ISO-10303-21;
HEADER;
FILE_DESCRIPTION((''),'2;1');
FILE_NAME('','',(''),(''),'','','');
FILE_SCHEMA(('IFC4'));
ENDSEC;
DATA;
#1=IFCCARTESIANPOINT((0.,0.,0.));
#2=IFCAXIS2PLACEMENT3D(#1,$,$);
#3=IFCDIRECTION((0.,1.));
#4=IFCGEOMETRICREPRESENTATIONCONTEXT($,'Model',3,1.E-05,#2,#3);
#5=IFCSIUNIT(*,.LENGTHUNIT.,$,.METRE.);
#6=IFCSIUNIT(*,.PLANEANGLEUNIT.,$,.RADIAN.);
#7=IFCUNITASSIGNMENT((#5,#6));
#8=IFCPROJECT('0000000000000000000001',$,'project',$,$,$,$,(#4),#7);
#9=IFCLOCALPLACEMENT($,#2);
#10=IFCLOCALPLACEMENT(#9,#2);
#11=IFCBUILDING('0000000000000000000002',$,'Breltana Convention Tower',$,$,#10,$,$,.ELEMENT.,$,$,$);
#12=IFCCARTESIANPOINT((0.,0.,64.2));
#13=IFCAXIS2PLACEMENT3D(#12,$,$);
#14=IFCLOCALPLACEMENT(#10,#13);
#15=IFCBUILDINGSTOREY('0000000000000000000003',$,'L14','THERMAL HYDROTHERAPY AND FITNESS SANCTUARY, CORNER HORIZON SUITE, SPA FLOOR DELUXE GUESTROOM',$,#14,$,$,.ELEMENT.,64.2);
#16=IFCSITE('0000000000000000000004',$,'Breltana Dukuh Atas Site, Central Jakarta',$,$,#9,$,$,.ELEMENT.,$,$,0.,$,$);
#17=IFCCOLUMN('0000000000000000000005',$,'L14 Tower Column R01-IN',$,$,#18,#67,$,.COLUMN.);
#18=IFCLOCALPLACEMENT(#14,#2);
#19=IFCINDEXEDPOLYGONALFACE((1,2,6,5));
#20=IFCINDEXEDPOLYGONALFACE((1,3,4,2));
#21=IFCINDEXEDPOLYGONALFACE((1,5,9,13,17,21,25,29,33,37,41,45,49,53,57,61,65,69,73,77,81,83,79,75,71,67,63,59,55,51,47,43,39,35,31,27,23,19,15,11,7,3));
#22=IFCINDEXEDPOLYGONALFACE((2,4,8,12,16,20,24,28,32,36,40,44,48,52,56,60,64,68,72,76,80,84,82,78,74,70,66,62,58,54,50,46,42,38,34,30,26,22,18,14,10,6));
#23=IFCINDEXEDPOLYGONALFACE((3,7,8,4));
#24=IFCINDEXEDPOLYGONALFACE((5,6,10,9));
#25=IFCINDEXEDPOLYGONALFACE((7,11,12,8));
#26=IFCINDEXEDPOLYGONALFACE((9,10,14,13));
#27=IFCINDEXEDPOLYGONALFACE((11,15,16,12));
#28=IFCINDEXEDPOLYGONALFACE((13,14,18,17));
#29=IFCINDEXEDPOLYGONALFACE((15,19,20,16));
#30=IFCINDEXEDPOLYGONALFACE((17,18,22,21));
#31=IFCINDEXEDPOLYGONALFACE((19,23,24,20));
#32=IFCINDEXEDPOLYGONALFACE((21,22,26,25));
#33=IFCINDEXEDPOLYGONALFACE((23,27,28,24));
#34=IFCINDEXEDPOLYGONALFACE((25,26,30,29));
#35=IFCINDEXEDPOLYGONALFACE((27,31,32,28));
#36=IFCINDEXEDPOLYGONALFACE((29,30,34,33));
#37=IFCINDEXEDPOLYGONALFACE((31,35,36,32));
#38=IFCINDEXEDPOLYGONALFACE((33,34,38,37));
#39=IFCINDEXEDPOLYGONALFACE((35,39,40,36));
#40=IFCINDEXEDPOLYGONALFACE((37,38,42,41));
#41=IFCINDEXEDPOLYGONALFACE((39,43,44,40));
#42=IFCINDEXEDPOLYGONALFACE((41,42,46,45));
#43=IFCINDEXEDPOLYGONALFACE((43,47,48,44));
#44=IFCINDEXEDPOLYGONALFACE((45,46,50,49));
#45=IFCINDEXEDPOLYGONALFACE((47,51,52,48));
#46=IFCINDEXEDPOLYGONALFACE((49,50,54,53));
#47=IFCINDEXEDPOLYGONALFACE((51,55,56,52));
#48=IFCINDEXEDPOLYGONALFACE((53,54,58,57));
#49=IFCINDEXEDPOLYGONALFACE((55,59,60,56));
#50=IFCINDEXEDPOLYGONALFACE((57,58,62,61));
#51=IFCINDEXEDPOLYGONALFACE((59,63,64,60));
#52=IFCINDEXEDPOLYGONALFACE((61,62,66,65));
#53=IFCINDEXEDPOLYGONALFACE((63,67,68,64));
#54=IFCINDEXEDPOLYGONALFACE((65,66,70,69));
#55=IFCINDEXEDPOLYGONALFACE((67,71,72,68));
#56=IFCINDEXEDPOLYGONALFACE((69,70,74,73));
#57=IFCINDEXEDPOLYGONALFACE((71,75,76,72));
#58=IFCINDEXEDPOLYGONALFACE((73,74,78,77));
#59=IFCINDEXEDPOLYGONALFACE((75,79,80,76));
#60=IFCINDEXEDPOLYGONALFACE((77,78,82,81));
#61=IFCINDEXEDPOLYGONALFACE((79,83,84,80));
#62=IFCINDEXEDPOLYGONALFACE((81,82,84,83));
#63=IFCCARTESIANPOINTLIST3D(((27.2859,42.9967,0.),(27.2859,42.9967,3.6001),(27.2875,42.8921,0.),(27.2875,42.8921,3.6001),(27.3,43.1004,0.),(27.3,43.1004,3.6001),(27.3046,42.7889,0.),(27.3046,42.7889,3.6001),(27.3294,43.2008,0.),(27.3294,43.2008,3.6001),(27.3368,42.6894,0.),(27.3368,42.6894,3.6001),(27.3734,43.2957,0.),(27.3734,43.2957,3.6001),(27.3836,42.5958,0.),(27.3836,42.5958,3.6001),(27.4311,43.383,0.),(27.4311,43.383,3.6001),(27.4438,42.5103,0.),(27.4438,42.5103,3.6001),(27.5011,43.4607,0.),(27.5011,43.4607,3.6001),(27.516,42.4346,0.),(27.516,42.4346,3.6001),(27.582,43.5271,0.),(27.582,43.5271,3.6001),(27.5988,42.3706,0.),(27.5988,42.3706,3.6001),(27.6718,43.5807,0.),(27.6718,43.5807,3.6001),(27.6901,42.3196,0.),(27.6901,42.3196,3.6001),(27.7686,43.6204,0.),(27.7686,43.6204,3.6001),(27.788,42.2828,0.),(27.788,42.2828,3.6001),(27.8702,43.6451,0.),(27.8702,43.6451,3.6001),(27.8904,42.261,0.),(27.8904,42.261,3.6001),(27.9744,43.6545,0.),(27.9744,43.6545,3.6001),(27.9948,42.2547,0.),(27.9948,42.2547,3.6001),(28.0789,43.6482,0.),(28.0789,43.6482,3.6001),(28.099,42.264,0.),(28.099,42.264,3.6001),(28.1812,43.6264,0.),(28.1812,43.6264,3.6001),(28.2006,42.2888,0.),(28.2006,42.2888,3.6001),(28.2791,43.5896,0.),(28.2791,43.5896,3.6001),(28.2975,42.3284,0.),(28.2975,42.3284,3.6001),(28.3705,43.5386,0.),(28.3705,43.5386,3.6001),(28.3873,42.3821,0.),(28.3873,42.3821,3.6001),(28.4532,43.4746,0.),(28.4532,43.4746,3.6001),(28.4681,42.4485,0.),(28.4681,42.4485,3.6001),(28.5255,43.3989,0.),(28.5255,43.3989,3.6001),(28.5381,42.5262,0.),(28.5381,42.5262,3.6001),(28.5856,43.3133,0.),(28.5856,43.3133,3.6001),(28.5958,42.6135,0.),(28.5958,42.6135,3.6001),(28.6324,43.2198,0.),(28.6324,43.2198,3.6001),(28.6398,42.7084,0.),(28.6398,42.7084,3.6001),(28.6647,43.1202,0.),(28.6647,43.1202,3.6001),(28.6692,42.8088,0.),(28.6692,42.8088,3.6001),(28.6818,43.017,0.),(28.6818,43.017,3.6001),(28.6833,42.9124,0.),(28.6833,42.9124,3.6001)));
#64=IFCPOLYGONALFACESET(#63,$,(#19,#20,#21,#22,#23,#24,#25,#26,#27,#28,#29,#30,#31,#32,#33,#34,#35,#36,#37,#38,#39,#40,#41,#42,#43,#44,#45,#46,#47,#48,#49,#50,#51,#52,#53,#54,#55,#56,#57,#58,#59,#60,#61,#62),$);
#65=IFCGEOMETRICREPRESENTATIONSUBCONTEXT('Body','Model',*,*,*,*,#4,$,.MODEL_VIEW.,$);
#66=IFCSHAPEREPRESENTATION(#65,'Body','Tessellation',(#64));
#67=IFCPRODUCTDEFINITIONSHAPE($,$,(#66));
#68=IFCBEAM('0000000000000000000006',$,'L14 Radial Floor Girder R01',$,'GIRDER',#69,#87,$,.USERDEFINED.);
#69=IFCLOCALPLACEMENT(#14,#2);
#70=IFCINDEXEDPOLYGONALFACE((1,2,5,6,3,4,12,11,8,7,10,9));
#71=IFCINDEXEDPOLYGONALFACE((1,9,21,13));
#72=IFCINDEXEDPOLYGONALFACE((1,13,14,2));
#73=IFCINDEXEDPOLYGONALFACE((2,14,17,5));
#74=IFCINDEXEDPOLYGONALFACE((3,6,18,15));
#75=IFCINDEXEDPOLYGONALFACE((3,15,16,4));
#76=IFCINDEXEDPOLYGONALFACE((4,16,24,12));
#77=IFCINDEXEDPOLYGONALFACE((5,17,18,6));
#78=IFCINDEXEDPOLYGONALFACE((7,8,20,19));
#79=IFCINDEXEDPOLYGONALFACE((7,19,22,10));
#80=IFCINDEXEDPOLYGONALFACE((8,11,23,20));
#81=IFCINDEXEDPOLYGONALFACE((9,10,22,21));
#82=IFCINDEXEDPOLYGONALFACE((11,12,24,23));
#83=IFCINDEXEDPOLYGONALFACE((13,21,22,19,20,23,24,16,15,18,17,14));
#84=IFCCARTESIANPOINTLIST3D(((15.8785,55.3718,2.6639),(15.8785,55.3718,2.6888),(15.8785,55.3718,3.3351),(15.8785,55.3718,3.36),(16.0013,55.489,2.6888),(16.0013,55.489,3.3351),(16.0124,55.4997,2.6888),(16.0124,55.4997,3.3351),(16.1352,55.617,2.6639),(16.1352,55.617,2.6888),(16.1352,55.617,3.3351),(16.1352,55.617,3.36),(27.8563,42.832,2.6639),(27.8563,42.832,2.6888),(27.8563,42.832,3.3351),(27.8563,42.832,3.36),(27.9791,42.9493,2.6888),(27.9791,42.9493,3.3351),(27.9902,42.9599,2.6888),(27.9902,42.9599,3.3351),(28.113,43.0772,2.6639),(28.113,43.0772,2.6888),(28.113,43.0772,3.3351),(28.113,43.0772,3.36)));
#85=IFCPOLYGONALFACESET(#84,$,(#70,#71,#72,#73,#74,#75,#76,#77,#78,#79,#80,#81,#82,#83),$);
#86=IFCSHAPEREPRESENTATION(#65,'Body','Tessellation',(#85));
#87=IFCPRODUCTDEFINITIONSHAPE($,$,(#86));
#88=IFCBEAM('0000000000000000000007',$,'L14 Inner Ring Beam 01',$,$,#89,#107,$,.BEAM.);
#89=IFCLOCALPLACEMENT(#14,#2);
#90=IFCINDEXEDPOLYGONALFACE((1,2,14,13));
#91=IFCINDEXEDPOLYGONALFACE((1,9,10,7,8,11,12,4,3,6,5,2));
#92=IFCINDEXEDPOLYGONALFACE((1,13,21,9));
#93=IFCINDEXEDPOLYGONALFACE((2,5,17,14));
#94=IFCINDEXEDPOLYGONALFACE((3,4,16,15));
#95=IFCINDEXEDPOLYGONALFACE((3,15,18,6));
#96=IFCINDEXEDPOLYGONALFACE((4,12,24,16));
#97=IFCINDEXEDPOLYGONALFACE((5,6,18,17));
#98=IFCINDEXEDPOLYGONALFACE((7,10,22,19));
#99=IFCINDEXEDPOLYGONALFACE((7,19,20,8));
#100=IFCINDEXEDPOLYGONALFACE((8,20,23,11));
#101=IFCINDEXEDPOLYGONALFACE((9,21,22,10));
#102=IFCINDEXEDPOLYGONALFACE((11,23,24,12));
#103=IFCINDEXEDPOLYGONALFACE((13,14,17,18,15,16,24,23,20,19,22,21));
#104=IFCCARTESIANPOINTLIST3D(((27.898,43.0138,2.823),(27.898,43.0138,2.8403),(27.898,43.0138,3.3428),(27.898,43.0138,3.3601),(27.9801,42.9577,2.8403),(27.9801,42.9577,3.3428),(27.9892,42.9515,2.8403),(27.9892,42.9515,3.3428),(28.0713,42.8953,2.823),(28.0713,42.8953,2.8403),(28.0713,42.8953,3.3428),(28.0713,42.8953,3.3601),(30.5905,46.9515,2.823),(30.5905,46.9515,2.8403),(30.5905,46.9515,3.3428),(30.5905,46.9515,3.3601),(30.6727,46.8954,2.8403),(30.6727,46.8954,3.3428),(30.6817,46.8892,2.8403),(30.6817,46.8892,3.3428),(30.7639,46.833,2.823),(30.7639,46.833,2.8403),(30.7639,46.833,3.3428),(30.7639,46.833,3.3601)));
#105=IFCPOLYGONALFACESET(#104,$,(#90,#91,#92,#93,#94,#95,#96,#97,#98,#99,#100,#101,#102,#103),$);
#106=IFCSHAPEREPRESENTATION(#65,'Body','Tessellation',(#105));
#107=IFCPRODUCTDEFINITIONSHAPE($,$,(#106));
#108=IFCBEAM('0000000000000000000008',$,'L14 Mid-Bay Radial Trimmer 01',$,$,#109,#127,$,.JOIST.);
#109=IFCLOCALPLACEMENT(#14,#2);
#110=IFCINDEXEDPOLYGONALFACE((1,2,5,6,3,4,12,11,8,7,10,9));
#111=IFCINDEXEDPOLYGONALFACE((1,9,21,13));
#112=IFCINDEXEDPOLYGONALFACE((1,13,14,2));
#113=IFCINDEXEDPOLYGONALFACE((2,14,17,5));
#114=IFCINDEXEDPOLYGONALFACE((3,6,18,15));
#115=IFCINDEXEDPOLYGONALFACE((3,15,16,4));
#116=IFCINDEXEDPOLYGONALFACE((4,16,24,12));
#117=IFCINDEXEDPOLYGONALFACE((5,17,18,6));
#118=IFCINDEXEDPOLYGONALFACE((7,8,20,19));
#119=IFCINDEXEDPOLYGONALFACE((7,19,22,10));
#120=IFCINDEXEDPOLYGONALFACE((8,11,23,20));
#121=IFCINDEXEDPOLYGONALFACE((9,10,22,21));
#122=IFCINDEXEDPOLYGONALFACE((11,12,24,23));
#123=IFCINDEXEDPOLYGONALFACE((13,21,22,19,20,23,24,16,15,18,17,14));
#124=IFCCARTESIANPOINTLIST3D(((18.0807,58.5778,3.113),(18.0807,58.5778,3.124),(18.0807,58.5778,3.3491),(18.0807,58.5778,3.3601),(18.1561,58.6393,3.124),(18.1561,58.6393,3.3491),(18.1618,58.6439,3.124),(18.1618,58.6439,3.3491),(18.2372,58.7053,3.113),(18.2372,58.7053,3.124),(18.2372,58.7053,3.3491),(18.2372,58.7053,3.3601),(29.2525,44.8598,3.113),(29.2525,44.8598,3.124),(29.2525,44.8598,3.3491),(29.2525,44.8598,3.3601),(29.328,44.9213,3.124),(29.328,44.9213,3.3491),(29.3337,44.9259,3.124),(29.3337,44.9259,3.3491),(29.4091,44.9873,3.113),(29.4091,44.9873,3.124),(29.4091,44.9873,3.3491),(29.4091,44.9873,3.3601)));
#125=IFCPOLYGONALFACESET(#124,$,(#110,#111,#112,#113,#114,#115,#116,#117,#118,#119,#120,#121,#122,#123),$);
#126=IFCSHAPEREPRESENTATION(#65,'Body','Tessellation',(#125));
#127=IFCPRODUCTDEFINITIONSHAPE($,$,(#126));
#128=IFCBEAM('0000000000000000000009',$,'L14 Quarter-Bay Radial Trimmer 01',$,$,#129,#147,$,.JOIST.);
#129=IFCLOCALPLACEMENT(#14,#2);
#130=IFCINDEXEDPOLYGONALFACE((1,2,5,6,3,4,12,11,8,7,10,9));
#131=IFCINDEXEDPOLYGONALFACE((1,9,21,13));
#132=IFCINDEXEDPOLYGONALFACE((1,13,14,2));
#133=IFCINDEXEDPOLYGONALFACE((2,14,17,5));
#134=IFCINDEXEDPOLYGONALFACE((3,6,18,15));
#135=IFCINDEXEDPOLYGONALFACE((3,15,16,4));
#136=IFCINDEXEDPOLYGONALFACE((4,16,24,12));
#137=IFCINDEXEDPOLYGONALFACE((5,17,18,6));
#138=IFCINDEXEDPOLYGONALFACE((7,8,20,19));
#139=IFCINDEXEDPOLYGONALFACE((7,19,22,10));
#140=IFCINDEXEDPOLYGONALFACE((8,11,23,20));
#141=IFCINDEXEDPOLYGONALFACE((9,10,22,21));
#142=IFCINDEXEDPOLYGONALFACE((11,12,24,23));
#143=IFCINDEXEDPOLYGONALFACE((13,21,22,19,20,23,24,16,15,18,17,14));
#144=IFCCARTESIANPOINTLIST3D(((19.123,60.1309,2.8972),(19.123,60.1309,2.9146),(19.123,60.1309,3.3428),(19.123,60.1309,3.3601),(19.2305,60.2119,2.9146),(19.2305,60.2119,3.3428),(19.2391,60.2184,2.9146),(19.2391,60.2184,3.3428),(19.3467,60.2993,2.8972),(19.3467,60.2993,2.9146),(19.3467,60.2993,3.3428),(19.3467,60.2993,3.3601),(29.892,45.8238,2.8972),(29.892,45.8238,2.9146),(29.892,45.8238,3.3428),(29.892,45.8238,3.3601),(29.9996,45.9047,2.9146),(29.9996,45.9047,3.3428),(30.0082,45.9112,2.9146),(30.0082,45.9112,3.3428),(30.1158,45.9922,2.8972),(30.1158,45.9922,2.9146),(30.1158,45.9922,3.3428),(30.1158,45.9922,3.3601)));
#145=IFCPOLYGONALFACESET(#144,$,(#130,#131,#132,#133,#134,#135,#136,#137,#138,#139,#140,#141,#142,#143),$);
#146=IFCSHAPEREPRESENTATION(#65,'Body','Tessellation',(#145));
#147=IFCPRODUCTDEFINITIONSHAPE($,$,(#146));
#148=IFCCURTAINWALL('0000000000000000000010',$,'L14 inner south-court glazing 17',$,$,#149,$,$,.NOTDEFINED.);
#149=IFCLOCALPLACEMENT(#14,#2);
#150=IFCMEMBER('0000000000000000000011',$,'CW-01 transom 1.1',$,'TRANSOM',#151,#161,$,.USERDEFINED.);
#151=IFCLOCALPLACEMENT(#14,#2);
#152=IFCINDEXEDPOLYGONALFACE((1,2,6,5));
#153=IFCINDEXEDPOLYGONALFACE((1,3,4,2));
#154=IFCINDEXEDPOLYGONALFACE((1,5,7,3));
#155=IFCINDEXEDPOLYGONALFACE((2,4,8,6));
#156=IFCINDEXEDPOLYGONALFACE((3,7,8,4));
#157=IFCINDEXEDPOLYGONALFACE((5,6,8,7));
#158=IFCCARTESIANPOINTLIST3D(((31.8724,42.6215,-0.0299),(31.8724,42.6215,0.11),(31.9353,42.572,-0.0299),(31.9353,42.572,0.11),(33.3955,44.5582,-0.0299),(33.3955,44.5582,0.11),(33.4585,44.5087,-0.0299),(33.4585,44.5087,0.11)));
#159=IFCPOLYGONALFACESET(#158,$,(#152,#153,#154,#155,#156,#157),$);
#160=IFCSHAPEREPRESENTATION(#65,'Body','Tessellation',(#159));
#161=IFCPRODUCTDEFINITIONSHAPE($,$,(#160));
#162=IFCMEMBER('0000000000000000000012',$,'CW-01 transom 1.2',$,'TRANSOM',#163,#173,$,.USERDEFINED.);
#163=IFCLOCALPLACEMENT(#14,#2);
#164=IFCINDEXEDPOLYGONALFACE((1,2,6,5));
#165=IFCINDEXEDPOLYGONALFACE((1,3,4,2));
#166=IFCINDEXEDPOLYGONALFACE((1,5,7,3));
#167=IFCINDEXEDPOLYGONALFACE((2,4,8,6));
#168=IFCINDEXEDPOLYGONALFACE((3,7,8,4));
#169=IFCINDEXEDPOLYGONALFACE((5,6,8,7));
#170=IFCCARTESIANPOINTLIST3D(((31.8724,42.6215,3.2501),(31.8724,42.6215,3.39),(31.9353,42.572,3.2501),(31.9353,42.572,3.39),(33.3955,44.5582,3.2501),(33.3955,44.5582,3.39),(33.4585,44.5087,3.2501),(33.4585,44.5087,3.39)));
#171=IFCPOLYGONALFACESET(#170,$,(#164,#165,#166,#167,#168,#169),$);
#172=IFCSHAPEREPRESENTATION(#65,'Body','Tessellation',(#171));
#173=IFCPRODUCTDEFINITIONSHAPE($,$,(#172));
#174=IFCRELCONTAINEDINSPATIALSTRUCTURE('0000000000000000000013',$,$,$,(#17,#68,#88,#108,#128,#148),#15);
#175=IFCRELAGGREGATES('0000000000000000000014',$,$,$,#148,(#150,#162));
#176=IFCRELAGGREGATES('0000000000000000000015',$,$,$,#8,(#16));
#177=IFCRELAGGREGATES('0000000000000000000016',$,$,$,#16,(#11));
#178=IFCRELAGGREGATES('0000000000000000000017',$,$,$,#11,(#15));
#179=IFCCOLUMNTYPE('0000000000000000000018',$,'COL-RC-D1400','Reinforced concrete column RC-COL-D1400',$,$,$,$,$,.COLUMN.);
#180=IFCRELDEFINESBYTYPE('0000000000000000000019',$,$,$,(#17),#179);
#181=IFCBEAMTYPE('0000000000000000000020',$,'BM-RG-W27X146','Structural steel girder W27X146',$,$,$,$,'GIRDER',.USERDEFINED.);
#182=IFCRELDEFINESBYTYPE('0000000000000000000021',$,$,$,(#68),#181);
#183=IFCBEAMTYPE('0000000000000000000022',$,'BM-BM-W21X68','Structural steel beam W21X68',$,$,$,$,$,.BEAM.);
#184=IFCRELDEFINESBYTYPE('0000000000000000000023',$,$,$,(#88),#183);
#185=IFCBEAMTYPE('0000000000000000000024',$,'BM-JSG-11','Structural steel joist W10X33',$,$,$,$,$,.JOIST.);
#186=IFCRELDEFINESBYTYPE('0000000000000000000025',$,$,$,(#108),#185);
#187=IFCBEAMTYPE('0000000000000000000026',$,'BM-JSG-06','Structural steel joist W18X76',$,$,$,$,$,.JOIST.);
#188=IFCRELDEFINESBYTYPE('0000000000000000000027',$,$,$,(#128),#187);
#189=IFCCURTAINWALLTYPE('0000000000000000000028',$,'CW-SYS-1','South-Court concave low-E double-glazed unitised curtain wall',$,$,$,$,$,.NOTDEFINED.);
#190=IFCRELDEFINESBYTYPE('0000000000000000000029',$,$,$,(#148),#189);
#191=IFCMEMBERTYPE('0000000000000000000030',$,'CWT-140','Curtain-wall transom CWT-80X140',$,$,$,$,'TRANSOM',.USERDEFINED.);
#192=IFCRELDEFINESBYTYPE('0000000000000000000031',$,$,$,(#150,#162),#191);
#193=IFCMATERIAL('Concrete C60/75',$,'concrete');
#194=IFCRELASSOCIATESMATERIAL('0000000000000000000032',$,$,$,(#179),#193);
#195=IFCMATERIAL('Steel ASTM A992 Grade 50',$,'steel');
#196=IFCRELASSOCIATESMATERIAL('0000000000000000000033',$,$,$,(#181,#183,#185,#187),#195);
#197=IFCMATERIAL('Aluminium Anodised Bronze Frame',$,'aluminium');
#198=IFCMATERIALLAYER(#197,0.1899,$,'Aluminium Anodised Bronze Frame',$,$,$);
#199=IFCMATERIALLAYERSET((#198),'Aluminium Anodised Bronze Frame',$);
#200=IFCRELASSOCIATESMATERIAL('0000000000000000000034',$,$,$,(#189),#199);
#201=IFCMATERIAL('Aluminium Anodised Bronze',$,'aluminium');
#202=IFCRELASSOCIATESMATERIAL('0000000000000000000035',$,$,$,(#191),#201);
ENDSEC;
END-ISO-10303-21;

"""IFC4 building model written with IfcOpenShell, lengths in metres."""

from ifc_helpers import new_model, si_unit, direction, frame, origin, origin_2d, place, context, subcontext, project, spatial, rectangle, circle, i_section, extrude, source, transform, mapped, material, layer, layer_set, material_profile, profile_set, type_object, type_shapes, element, aggregate, save


model = new_model("IFC4")

# Units and contexts
model_context = context("Model", 3, precision=1e-05, world=origin(), true_north=direction((0.0, 1.0)))
body_context = subcontext(model_context, "Body", "Model", "MODEL_VIEW")
ifc_project = project(units=[si_unit("LENGTHUNIT", "METRE"), si_unit("PLANEANGLEUNIT", "RADIAN")], contexts=[model_context])

# Site, building, storey
site_placement = place(None, origin())
site = spatial("IfcSite", under=ifc_project, at=site_placement, Name="Breltana Dukuh Atas Site, Central Jakarta", CompositionType="ELEMENT", RefElevation=0.0)
building_placement = place(site_placement, origin())
building = spatial("IfcBuilding", under=site, at=building_placement, Name="Breltana Convention Tower", CompositionType="ELEMENT")
storey_placement = place(building_placement, frame((0.0, 0.0, 64.2)))
storey = spatial("IfcBuildingStorey", under=building, at=storey_placement, Name="L14", Description="THERMAL HYDROTHERAPY AND FITNESS SANCTUARY, CORNER HORIZON SUITE, SPA FLOOR DELUXE GUESTROOM", CompositionType="ELEMENT", Elevation=64.2)

# Column
ifc_material_1 = material(Name="Concrete C60/75", Category="concrete")
ifc_material_profile_1 = material_profile(ifc_material_1, circle(Radius=0.7, at=origin_2d()), Name="RC-COL-D1400")
ifc_profile_set_1 = profile_set([ifc_material_profile_1], Name="Concrete C60/75")
column_type = type_object("IfcColumnType", Name="COL-RC-D1400", Description="Reinforced concrete column RC-COL-D1400", PredefinedType="COLUMN", material=ifc_profile_set_1)
shared_shape_1 = source(origin(), body_context, "Body", "SweptSolid", [
    extrude(circle(Radius=0.7, at=origin_2d()), origin(), (0.0, 0.0, 1.0), 3.6001),
])
column_placement = place(storey_placement, frame((27.9846, 42.9546, 0.0), z_axis=(0.0, 0.0, 1.0), x_axis=(-0.690756, 0.723088, 0.0)))
element("IfcColumn", 1, at=column_placement, inside=storey, type_object=column_type, Name="L14 Tower Column R01-IN", PredefinedType="COLUMN", context=body_context, shape_type="MappedRepresentation", body=[
    mapped(shared_shape_1, transform((0.0, 0.0, 0.0), scale=1.0)),
])

# Beams
ifc_material_2 = material(Name="Steel ASTM A992 Grade 50", Category="steel")
ifc_material_profile_2 = material_profile(ifc_material_2, i_section(OverallWidth=0.355, OverallDepth=0.696, WebThickness=0.0154, FlangeThickness=0.0249, at=origin_2d()), Name="W27X146")
ifc_profile_set_2 = profile_set([ifc_material_profile_2], Name="Steel ASTM A992 Grade 50")
beam_type_1 = type_object("IfcBeamType", Name="BM-RG-W27X146", Description="Structural steel girder W27X146", ElementType="GIRDER", PredefinedType="USERDEFINED", material=ifc_profile_set_2)
shared_shape_2 = source(origin(), body_context, "Body", "SweptSolid", [
    extrude(i_section(OverallWidth=0.355, OverallDepth=0.696, WebThickness=0.0154, FlangeThickness=0.0249, at=origin_2d()), origin(), (0.0, 0.0, 1.0), 17.3411),
])
type_shapes(beam_type_1, [shared_shape_2])
beam_1_placement = place(storey_placement, frame((27.9846, 42.9546, 3.012), z_axis=(-0.690716, 0.723126, 0.0), x_axis=(-0.723126, -0.690716, 0.0)))
element("IfcBeam", 2, at=beam_1_placement, inside=storey, type_object=beam_type_1, Name="L14 Radial Floor Girder R01", ObjectType="GIRDER", PredefinedType="USERDEFINED", context=body_context, shape_type="MappedRepresentation", body=[
    mapped(shared_shape_2, transform((0.0, 0.0, 0.0), scale=1.0)),
])
ifc_material_profile_3 = material_profile(ifc_material_2, i_section(OverallWidth=0.21, OverallDepth=0.5371, WebThickness=0.011, FlangeThickness=0.0173, at=origin_2d()), Name="W21X68")
ifc_profile_set_3 = profile_set([ifc_material_profile_3], Name="Steel ASTM A992 Grade 50")
beam_type_2 = type_object("IfcBeamType", Name="BM-BM-W21X68", Description="Structural steel beam W21X68", PredefinedType="BEAM", material=ifc_profile_set_3)
shared_shape_3 = source(origin(), body_context, "Body", "SweptSolid", [
    extrude(i_section(OverallWidth=0.21, OverallDepth=0.5371, WebThickness=0.011, FlangeThickness=0.0173, at=origin_2d()), origin(), (0.0, 0.0, 1.0), 4.7703),
])
beam_2_placement = place(storey_placement, frame((27.9846, 42.9546, 3.0916), z_axis=(0.564453, 0.825465, 0.0), x_axis=(-0.825465, 0.564453, 0.0)))
element("IfcBeam", 3, at=beam_2_placement, inside=storey, type_object=beam_type_2, Name="L14 Inner Ring Beam 01", PredefinedType="BEAM", context=body_context, shape_type="MappedRepresentation", body=[
    mapped(shared_shape_3, transform((0.0, 0.0, 0.0), scale=1.0)),
])
ifc_material_profile_4 = material_profile(ifc_material_2, i_section(OverallWidth=0.2019, OverallDepth=0.2471, WebThickness=0.0073, FlangeThickness=0.011, at=origin_2d()), Name="W10X33")
ifc_profile_set_4 = profile_set([ifc_material_profile_4], Name="Steel ASTM A992 Grade 50")
beam_type_3 = type_object("IfcBeamType", Name="BM-JSG-11", Description="Structural steel joist W10X33", PredefinedType="JOIST", material=ifc_profile_set_4)
shared_shape_4 = source(origin(), body_context, "Body", "SweptSolid", [
    extrude(i_section(OverallWidth=0.2019, OverallDepth=0.2471, WebThickness=0.0073, FlangeThickness=0.011, at=origin_2d()), origin(), (0.0, 0.0, 1.0), 17.6917),
])
type_shapes(beam_type_3, [shared_shape_4])
beam_3_placement = place(storey_placement, frame((29.3308, 44.9236, 3.2366), z_axis=(-0.631477, 0.775395, 0.0), x_axis=(-0.775395, -0.631477, 0.0)))
element("IfcBeam", 4, at=beam_3_placement, inside=storey, type_object=beam_type_3, Name="L14 Mid-Bay Radial Trimmer 01", PredefinedType="JOIST", context=body_context, shape_type="MappedRepresentation", body=[
    mapped(shared_shape_4, transform((0.0, 0.0, 0.0), scale=1.0)),
])
ifc_material_profile_5 = material_profile(ifc_material_2, i_section(OverallWidth=0.28, OverallDepth=0.4629, WebThickness=0.0107, FlangeThickness=0.0173, at=origin_2d()), Name="W18X76")
ifc_profile_set_5 = profile_set([ifc_material_profile_5], Name="Steel ASTM A992 Grade 50")
beam_type_4 = type_object("IfcBeamType", Name="BM-JSG-06", Description="Structural steel joist W18X76", PredefinedType="JOIST", material=ifc_profile_set_5)
shared_shape_5 = source(origin(), body_context, "Body", "SweptSolid", [
    extrude(i_section(OverallWidth=0.28, OverallDepth=0.4629, WebThickness=0.0107, FlangeThickness=0.0173, at=origin_2d()), origin(), (0.0, 0.0, 1.0), 17.9072),
])
beam_4_placement = place(storey_placement, frame((30.0039, 45.908, 3.1287), z_axis=(-0.601382, 0.798962, 0.0), x_axis=(-0.798962, -0.601382, 0.0)))
element("IfcBeam", 5, at=beam_4_placement, inside=storey, type_object=beam_type_4, Name="L14 Quarter-Bay Radial Trimmer 01", PredefinedType="JOIST", context=body_context, shape_type="MappedRepresentation", body=[
    mapped(shared_shape_5, transform((0.0, 0.0, 0.0), scale=1.0)),
])

# Curtain wall, members
ifc_material_3 = material(Name="Aluminium Anodised Bronze Frame", Category="aluminium")
ifc_layer_1 = layer(ifc_material_3, 0.1899, Name="Aluminium Anodised Bronze Frame")
ifc_layer_set_1 = layer_set([ifc_layer_1], Name="Aluminium Anodised Bronze Frame")
curtain_wall_type = type_object("IfcCurtainWallType", Name="CW-SYS-1", Description="South-Court concave low-E double-glazed unitised curtain wall", PredefinedType="NOTDEFINED", material=ifc_layer_set_1)
curtain_wall_1_placement = place(storey_placement, origin())
curtain_wall_1 = element("IfcCurtainWall", 6, at=curtain_wall_1_placement, inside=storey, type_object=curtain_wall_type, Name="L14 inner south-court glazing 17", PredefinedType="NOTDEFINED")
ifc_material_4 = material(Name="Aluminium Anodised Bronze", Category="aluminium")
ifc_material_profile_6 = material_profile(ifc_material_4, rectangle(XDim=0.0801, YDim=0.1399, at=origin_2d()), Name="CWT-80X140")
ifc_profile_set_6 = profile_set([ifc_material_profile_6], Name="Aluminium Anodised Bronze")
member_type_1 = type_object("IfcMemberType", Name="CWT-140", Description="Curtain-wall transom CWT-80X140", ElementType="TRANSOM", PredefinedType="USERDEFINED", material=ifc_profile_set_6)
shared_shape_6 = source(origin(), body_context, "Body", "SweptSolid", [
    extrude(rectangle(XDim=0.0801, YDim=0.1399, at=origin_2d()), origin(), (0.0, 0.0, 1.0), 2.4639),
])
member_1_placement = place(storey_placement, frame((33.427, 44.5334, 0.04), z_axis=(-0.618185, -0.786033, 0.0), x_axis=(0.786033, -0.618185, 0.0)))
member_1 = element("IfcMember", 7, at=member_1_placement, type_object=member_type_1, Name="CW-01 transom 1.1", ObjectType="TRANSOM", PredefinedType="USERDEFINED", context=body_context, shape_type="MappedRepresentation", body=[
    mapped(shared_shape_6, transform((0.0, 0.0, 0.0), scale=1.0)),
])
member_2_placement = place(storey_placement, frame((33.427, 44.5334, 3.3201), z_axis=(-0.618185, -0.786033, 0.0), x_axis=(0.786033, -0.618185, 0.0)))
member_2 = element("IfcMember", 8, at=member_2_placement, type_object=member_type_1, Name="CW-01 transom 1.2", ObjectType="TRANSOM", PredefinedType="USERDEFINED", context=body_context, shape_type="MappedRepresentation", body=[
    mapped(shared_shape_6, transform((0.0, 0.0, 0.0), scale=1.0)),
])

aggregate(curtain_wall_1, [member_1, member_2])

save(model, "model.ifc")
